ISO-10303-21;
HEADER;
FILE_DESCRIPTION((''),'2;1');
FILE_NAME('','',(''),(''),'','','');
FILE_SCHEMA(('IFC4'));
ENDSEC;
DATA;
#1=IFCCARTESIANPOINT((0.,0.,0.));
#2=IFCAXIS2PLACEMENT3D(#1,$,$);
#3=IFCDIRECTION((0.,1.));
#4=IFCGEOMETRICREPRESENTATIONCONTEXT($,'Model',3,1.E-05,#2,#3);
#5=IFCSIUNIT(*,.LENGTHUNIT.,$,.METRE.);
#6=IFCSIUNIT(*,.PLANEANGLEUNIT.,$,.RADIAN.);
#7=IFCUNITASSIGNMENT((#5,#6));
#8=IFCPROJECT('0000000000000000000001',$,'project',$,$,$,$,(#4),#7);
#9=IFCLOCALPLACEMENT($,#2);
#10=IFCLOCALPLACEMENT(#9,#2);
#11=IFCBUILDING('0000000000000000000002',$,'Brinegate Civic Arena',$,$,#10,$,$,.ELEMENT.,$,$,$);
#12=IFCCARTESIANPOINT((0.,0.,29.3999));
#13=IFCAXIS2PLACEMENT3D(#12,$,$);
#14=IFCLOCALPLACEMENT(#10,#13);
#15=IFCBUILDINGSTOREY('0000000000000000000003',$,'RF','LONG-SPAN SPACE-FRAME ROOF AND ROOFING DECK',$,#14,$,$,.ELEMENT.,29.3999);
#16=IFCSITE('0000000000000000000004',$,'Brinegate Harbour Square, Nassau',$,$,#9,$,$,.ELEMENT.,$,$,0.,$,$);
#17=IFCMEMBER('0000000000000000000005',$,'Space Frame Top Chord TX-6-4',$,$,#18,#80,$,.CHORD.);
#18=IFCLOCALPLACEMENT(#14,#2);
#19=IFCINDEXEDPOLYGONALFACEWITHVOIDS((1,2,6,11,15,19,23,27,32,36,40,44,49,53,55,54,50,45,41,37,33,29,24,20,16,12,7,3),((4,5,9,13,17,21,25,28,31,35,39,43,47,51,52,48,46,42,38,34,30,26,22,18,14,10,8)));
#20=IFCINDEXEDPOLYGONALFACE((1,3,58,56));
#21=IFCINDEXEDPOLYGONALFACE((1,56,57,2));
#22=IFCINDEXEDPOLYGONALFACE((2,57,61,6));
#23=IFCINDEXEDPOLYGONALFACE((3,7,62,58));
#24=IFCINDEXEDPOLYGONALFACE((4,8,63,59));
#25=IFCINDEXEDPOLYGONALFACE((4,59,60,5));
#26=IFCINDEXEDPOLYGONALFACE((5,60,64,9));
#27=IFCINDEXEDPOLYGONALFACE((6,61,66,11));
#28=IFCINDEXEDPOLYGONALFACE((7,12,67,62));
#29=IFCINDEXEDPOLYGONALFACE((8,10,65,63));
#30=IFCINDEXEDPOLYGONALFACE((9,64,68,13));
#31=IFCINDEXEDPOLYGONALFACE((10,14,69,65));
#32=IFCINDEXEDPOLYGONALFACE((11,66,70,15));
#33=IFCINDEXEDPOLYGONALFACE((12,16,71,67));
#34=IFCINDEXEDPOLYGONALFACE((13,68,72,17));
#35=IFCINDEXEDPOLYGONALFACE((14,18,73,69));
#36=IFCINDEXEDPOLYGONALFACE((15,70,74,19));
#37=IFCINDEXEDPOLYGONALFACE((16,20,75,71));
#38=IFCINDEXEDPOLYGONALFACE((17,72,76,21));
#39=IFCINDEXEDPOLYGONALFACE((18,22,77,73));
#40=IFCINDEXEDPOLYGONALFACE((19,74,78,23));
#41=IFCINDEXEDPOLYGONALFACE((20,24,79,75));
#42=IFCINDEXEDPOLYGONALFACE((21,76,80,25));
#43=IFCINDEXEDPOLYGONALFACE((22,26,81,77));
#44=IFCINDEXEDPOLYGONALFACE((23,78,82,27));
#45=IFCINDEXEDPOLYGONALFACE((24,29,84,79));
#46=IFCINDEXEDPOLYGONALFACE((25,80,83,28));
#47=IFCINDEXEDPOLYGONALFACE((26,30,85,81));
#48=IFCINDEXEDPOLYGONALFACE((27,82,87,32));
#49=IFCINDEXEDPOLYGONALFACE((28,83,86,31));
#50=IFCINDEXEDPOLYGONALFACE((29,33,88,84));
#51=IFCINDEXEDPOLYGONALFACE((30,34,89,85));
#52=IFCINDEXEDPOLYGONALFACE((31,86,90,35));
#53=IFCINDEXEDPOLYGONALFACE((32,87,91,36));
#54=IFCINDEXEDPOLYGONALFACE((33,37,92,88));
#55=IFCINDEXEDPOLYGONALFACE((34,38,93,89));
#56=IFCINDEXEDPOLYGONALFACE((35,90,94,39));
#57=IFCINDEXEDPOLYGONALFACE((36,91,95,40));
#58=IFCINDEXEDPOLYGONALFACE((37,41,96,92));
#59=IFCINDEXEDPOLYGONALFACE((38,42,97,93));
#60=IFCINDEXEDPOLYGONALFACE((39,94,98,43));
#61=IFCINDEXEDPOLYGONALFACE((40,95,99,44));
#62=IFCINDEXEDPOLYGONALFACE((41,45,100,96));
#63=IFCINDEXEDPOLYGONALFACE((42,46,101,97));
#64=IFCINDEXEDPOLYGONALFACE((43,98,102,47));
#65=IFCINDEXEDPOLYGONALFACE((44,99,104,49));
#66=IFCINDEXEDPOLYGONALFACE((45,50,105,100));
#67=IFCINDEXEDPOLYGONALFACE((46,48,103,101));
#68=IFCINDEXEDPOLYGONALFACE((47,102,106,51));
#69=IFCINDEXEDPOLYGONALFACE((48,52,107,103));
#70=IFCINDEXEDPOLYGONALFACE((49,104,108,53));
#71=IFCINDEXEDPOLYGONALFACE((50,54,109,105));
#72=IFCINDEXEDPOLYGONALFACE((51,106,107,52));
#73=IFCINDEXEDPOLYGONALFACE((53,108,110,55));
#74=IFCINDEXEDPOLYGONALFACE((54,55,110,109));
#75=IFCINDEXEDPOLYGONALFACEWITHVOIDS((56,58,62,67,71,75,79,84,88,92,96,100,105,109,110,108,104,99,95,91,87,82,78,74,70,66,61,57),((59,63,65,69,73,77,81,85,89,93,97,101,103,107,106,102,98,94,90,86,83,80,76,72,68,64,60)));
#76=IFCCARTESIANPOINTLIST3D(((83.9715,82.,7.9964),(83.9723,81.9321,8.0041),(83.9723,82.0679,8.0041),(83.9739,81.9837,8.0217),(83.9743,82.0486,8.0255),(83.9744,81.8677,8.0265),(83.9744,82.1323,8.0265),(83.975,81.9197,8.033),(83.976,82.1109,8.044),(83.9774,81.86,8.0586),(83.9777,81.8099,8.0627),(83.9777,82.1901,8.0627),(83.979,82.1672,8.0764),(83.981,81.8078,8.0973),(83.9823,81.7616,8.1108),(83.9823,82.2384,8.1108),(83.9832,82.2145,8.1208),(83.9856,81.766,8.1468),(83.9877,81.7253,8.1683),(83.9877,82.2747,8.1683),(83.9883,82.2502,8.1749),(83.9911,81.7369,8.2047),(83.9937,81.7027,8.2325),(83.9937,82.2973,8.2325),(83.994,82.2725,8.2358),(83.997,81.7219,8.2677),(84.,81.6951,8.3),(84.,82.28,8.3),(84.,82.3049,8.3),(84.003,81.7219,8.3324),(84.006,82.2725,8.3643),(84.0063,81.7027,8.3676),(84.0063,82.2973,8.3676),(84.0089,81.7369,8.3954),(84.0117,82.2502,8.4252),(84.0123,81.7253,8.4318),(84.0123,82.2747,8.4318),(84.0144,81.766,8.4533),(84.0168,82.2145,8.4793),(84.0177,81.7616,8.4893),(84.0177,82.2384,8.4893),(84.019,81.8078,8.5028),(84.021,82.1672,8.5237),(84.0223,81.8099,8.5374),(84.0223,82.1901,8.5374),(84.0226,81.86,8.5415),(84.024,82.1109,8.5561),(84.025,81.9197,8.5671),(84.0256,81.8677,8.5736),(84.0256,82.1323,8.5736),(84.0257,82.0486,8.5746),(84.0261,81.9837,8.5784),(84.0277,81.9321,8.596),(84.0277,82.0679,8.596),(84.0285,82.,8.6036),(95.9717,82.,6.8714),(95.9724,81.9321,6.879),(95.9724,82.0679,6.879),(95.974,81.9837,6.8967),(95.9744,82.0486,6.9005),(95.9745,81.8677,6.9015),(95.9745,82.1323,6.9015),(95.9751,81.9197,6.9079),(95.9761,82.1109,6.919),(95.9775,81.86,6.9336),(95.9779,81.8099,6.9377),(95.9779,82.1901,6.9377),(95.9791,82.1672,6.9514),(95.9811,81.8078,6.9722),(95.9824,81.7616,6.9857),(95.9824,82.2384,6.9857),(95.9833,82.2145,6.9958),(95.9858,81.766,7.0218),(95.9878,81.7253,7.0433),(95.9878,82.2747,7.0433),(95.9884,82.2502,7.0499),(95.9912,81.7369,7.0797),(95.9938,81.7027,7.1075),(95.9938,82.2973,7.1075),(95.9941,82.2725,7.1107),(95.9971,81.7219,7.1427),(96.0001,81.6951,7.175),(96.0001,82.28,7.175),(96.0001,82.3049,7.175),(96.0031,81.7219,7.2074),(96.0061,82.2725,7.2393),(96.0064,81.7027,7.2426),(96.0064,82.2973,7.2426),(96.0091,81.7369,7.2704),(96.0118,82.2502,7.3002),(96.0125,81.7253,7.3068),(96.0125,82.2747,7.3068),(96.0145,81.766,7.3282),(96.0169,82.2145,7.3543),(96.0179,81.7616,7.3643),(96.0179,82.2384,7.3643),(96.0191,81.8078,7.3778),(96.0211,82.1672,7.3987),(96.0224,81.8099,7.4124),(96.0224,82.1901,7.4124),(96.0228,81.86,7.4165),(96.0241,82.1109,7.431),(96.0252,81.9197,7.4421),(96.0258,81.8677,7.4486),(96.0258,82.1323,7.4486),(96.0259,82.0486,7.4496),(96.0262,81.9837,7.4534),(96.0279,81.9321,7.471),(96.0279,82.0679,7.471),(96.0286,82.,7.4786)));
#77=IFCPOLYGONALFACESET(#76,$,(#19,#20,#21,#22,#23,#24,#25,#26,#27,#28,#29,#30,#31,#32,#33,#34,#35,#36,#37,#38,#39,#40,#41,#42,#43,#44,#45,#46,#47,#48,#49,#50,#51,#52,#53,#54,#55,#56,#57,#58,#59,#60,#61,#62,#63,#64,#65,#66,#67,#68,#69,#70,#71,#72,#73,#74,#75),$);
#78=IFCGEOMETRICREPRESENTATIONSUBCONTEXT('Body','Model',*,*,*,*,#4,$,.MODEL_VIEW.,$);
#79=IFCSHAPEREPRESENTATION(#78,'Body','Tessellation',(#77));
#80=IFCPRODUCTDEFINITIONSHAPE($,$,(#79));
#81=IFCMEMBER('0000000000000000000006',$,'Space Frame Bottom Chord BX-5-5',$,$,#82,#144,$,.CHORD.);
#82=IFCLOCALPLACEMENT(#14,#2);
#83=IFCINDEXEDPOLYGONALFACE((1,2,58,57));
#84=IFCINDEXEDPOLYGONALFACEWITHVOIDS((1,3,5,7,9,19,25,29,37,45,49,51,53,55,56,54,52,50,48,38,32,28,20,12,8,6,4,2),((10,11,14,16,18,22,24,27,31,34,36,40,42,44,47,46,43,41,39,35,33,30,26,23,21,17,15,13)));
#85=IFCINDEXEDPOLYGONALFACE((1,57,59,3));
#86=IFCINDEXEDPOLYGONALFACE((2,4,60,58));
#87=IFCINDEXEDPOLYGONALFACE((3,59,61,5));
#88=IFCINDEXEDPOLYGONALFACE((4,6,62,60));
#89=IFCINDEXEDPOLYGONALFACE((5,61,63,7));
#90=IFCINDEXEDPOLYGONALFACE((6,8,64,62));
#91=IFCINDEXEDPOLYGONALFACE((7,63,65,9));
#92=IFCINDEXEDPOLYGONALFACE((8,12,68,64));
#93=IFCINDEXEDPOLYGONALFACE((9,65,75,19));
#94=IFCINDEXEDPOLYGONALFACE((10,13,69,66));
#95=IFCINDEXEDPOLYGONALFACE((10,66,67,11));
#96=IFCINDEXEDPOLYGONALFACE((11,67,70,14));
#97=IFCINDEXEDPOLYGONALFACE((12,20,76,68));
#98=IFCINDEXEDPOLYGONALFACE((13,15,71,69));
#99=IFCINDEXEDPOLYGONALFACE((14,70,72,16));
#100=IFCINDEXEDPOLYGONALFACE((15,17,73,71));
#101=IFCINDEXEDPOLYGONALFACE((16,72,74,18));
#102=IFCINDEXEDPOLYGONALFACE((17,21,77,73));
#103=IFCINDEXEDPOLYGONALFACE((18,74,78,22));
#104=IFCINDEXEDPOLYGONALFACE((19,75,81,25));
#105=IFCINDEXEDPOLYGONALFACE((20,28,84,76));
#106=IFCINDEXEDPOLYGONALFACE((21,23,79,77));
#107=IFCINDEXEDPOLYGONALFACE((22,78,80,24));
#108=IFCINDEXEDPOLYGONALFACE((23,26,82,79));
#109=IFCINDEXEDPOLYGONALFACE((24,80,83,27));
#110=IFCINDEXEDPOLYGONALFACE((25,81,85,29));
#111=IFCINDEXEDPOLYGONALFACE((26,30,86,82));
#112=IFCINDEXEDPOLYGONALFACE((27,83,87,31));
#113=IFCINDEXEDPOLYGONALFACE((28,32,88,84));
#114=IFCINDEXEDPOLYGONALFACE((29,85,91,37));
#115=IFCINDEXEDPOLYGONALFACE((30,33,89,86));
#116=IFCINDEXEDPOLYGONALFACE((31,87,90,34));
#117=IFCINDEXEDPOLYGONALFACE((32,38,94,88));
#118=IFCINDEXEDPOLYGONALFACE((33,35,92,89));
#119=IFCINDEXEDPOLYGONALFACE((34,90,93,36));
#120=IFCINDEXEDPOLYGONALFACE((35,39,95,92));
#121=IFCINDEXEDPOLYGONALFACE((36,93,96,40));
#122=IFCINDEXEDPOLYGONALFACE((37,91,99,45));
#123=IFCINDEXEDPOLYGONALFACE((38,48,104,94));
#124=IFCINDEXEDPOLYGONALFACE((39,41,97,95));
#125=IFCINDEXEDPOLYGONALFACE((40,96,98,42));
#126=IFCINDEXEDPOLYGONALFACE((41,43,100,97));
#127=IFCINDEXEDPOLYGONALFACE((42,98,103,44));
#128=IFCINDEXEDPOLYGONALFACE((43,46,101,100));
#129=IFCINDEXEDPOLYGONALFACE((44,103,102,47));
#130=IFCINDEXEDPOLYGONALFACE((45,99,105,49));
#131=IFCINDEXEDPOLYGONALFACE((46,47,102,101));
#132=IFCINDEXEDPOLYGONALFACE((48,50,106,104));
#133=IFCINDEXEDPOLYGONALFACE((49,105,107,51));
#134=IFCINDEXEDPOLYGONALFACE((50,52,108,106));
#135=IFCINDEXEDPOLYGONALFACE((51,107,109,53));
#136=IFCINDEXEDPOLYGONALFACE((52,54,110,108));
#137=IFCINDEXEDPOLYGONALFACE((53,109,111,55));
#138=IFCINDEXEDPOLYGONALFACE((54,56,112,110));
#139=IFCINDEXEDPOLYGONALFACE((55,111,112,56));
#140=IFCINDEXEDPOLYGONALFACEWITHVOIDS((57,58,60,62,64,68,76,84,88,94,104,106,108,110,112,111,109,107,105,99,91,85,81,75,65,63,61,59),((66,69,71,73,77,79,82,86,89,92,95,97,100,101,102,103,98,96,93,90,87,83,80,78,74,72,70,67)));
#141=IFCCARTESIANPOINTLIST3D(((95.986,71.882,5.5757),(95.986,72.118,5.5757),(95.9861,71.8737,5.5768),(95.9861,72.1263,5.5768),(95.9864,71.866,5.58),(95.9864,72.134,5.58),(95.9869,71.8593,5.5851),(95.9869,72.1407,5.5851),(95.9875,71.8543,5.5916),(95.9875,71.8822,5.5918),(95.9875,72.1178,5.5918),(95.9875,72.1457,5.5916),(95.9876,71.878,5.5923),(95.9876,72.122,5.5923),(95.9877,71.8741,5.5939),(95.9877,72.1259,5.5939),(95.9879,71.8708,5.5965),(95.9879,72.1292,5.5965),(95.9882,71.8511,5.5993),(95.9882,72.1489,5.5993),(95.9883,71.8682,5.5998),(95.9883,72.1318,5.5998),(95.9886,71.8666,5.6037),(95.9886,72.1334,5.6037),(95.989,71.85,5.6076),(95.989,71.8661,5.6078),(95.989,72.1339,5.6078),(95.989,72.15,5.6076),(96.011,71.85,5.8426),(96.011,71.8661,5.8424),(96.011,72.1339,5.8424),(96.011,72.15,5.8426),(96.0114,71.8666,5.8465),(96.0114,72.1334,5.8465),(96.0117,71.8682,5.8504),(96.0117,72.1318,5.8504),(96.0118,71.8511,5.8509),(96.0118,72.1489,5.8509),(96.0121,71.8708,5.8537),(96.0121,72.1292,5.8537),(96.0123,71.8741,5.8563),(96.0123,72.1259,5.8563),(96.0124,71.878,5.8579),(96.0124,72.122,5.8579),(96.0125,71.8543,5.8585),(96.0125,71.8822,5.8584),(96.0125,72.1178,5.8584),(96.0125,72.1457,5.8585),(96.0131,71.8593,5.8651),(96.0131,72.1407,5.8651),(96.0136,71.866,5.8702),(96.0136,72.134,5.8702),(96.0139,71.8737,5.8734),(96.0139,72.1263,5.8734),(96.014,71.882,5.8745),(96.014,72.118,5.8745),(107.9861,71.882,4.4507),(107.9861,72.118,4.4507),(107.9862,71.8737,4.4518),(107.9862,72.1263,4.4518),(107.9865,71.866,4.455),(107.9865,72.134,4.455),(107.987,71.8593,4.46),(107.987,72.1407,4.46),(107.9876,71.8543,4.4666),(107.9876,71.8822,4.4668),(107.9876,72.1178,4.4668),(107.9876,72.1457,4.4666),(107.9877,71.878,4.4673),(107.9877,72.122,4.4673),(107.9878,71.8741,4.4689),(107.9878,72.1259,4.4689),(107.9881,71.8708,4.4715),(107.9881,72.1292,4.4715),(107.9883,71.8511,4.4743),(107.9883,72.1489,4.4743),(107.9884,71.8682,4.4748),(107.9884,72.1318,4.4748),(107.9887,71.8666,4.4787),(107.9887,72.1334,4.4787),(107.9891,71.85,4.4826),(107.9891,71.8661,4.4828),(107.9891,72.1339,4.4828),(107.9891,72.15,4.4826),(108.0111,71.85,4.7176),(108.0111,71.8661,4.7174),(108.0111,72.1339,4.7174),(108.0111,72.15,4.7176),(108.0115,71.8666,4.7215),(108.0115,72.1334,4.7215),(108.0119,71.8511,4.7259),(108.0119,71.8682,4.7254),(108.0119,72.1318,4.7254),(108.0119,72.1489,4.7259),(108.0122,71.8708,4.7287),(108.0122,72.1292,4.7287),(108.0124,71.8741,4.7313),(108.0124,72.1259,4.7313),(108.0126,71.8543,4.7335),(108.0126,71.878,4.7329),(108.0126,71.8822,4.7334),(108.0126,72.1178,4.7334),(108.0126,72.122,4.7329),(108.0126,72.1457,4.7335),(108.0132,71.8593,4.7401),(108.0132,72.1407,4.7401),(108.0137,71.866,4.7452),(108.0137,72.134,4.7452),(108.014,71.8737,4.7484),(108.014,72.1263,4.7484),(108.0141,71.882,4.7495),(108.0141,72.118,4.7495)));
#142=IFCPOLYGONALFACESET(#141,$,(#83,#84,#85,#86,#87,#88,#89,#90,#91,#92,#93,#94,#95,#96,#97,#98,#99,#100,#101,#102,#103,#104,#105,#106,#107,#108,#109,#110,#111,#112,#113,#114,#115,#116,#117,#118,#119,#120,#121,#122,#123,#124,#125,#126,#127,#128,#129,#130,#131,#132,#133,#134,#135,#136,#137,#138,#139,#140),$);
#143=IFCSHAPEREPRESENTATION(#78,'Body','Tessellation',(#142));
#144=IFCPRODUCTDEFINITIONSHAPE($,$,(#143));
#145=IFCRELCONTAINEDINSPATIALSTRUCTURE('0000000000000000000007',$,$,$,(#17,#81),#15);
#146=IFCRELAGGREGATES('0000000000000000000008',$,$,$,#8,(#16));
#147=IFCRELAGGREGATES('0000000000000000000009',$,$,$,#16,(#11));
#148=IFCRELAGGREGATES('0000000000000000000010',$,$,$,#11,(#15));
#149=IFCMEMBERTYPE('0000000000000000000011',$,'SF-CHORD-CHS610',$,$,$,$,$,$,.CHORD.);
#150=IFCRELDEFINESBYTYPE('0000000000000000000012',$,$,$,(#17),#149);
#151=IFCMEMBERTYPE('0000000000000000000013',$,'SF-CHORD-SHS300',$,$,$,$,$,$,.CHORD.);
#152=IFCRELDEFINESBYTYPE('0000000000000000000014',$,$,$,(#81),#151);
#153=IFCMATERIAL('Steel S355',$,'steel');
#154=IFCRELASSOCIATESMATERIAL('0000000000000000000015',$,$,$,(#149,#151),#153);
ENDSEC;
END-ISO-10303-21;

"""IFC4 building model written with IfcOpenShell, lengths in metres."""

from ifc_helpers import new_model, si_unit, direction, frame, origin, origin_2d, place, context, subcontext, project, spatial, hollow_rectangle, hollow_circle, extrude, material, material_profile, profile_set, type_object, element, save


model = new_model("IFC4")

# Units and contexts
model_context = context("Model", 3, precision=1e-05, world=origin(), true_north=direction((0.0, 1.0)))
body_context = subcontext(model_context, "Body", "Model", "MODEL_VIEW")
ifc_project = project(units=[si_unit("LENGTHUNIT", "METRE"), si_unit("PLANEANGLEUNIT", "RADIAN")], contexts=[model_context])

# Site, building, storey
site_placement = place(None, origin())
site = spatial("IfcSite", under=ifc_project, at=site_placement, Name="Brinegate Harbour Square, Nassau", CompositionType="ELEMENT", RefElevation=0.0)
building_placement = place(site_placement, origin())
building = spatial("IfcBuilding", under=site, at=building_placement, Name="Brinegate Civic Arena", CompositionType="ELEMENT")
storey_placement = place(building_placement, frame((0.0, 0.0, 29.3999)))
storey = spatial("IfcBuildingStorey", under=building, at=storey_placement, Name="RF", Description="LONG-SPAN SPACE-FRAME ROOF AND ROOFING DECK", CompositionType="ELEMENT", Elevation=29.3999)

# Members
ifc_material = material(Name="Steel S355", Category="steel")
ifc_material_profile_1 = material_profile(ifc_material, hollow_circle(Radius=0.3049, WallThickness=0.0249, at=origin_2d()), Name="CHS610X25")
ifc_profile_set_1 = profile_set([ifc_material_profile_1], Name="Steel S355")
member_type_1 = type_object("IfcMemberType", Name="SF-CHORD-CHS610", PredefinedType="CHORD", material=ifc_profile_set_1)
for number, where, z_axis, x_axis, name in (
    (1, (84.0, 82.0, 8.3), (0.995634, 0.0, -0.093341), (0.0, 1.0, 0.0), "Space Frame Top Chord TX-6-4"),
):
    element("IfcMember", number, at=place(storey_placement, frame(where, z_axis=z_axis, x_axis=x_axis)), inside=storey, type_object=member_type_1, Name=name, PredefinedType="CHORD", context=body_context, shape_type="SweptSolid", body=[
        extrude(hollow_circle(Radius=0.3049, WallThickness=0.0249, at=origin_2d()), origin(), (0.0, 0.0, 1.0), 12.0527),
    ])
ifc_material_profile_2 = material_profile(ifc_material, hollow_rectangle(XDim=0.3, YDim=0.3, WallThickness=0.0161, InnerFilletRadius=0.0161, OuterFilletRadius=0.032, at=origin_2d()), Name="SHS300X16")
ifc_profile_set_2 = profile_set([ifc_material_profile_2], Name="Steel S355")
member_type_2 = type_object("IfcMemberType", Name="SF-CHORD-SHS300", PredefinedType="CHORD", material=ifc_profile_set_2)
for number, where, z_axis, x_axis, name in (
    (2, (96.0, 72.0, 5.7251), (0.995634, 0.0, -0.093341), (0.0, 1.0, 0.0), "Space Frame Bottom Chord BX-5-5"),
):
    element("IfcMember", number, at=place(storey_placement, frame(where, z_axis=z_axis, x_axis=x_axis)), inside=storey, type_object=member_type_2, Name=name, PredefinedType="CHORD", context=body_context, shape_type="SweptSolid", body=[
        extrude(hollow_rectangle(XDim=0.3, YDim=0.3, WallThickness=0.0161, InnerFilletRadius=0.0161, OuterFilletRadius=0.032, at=origin_2d()), origin(), (0.0, 0.0, 1.0), 12.0527),
    ])

save(model, "model.ifc")
